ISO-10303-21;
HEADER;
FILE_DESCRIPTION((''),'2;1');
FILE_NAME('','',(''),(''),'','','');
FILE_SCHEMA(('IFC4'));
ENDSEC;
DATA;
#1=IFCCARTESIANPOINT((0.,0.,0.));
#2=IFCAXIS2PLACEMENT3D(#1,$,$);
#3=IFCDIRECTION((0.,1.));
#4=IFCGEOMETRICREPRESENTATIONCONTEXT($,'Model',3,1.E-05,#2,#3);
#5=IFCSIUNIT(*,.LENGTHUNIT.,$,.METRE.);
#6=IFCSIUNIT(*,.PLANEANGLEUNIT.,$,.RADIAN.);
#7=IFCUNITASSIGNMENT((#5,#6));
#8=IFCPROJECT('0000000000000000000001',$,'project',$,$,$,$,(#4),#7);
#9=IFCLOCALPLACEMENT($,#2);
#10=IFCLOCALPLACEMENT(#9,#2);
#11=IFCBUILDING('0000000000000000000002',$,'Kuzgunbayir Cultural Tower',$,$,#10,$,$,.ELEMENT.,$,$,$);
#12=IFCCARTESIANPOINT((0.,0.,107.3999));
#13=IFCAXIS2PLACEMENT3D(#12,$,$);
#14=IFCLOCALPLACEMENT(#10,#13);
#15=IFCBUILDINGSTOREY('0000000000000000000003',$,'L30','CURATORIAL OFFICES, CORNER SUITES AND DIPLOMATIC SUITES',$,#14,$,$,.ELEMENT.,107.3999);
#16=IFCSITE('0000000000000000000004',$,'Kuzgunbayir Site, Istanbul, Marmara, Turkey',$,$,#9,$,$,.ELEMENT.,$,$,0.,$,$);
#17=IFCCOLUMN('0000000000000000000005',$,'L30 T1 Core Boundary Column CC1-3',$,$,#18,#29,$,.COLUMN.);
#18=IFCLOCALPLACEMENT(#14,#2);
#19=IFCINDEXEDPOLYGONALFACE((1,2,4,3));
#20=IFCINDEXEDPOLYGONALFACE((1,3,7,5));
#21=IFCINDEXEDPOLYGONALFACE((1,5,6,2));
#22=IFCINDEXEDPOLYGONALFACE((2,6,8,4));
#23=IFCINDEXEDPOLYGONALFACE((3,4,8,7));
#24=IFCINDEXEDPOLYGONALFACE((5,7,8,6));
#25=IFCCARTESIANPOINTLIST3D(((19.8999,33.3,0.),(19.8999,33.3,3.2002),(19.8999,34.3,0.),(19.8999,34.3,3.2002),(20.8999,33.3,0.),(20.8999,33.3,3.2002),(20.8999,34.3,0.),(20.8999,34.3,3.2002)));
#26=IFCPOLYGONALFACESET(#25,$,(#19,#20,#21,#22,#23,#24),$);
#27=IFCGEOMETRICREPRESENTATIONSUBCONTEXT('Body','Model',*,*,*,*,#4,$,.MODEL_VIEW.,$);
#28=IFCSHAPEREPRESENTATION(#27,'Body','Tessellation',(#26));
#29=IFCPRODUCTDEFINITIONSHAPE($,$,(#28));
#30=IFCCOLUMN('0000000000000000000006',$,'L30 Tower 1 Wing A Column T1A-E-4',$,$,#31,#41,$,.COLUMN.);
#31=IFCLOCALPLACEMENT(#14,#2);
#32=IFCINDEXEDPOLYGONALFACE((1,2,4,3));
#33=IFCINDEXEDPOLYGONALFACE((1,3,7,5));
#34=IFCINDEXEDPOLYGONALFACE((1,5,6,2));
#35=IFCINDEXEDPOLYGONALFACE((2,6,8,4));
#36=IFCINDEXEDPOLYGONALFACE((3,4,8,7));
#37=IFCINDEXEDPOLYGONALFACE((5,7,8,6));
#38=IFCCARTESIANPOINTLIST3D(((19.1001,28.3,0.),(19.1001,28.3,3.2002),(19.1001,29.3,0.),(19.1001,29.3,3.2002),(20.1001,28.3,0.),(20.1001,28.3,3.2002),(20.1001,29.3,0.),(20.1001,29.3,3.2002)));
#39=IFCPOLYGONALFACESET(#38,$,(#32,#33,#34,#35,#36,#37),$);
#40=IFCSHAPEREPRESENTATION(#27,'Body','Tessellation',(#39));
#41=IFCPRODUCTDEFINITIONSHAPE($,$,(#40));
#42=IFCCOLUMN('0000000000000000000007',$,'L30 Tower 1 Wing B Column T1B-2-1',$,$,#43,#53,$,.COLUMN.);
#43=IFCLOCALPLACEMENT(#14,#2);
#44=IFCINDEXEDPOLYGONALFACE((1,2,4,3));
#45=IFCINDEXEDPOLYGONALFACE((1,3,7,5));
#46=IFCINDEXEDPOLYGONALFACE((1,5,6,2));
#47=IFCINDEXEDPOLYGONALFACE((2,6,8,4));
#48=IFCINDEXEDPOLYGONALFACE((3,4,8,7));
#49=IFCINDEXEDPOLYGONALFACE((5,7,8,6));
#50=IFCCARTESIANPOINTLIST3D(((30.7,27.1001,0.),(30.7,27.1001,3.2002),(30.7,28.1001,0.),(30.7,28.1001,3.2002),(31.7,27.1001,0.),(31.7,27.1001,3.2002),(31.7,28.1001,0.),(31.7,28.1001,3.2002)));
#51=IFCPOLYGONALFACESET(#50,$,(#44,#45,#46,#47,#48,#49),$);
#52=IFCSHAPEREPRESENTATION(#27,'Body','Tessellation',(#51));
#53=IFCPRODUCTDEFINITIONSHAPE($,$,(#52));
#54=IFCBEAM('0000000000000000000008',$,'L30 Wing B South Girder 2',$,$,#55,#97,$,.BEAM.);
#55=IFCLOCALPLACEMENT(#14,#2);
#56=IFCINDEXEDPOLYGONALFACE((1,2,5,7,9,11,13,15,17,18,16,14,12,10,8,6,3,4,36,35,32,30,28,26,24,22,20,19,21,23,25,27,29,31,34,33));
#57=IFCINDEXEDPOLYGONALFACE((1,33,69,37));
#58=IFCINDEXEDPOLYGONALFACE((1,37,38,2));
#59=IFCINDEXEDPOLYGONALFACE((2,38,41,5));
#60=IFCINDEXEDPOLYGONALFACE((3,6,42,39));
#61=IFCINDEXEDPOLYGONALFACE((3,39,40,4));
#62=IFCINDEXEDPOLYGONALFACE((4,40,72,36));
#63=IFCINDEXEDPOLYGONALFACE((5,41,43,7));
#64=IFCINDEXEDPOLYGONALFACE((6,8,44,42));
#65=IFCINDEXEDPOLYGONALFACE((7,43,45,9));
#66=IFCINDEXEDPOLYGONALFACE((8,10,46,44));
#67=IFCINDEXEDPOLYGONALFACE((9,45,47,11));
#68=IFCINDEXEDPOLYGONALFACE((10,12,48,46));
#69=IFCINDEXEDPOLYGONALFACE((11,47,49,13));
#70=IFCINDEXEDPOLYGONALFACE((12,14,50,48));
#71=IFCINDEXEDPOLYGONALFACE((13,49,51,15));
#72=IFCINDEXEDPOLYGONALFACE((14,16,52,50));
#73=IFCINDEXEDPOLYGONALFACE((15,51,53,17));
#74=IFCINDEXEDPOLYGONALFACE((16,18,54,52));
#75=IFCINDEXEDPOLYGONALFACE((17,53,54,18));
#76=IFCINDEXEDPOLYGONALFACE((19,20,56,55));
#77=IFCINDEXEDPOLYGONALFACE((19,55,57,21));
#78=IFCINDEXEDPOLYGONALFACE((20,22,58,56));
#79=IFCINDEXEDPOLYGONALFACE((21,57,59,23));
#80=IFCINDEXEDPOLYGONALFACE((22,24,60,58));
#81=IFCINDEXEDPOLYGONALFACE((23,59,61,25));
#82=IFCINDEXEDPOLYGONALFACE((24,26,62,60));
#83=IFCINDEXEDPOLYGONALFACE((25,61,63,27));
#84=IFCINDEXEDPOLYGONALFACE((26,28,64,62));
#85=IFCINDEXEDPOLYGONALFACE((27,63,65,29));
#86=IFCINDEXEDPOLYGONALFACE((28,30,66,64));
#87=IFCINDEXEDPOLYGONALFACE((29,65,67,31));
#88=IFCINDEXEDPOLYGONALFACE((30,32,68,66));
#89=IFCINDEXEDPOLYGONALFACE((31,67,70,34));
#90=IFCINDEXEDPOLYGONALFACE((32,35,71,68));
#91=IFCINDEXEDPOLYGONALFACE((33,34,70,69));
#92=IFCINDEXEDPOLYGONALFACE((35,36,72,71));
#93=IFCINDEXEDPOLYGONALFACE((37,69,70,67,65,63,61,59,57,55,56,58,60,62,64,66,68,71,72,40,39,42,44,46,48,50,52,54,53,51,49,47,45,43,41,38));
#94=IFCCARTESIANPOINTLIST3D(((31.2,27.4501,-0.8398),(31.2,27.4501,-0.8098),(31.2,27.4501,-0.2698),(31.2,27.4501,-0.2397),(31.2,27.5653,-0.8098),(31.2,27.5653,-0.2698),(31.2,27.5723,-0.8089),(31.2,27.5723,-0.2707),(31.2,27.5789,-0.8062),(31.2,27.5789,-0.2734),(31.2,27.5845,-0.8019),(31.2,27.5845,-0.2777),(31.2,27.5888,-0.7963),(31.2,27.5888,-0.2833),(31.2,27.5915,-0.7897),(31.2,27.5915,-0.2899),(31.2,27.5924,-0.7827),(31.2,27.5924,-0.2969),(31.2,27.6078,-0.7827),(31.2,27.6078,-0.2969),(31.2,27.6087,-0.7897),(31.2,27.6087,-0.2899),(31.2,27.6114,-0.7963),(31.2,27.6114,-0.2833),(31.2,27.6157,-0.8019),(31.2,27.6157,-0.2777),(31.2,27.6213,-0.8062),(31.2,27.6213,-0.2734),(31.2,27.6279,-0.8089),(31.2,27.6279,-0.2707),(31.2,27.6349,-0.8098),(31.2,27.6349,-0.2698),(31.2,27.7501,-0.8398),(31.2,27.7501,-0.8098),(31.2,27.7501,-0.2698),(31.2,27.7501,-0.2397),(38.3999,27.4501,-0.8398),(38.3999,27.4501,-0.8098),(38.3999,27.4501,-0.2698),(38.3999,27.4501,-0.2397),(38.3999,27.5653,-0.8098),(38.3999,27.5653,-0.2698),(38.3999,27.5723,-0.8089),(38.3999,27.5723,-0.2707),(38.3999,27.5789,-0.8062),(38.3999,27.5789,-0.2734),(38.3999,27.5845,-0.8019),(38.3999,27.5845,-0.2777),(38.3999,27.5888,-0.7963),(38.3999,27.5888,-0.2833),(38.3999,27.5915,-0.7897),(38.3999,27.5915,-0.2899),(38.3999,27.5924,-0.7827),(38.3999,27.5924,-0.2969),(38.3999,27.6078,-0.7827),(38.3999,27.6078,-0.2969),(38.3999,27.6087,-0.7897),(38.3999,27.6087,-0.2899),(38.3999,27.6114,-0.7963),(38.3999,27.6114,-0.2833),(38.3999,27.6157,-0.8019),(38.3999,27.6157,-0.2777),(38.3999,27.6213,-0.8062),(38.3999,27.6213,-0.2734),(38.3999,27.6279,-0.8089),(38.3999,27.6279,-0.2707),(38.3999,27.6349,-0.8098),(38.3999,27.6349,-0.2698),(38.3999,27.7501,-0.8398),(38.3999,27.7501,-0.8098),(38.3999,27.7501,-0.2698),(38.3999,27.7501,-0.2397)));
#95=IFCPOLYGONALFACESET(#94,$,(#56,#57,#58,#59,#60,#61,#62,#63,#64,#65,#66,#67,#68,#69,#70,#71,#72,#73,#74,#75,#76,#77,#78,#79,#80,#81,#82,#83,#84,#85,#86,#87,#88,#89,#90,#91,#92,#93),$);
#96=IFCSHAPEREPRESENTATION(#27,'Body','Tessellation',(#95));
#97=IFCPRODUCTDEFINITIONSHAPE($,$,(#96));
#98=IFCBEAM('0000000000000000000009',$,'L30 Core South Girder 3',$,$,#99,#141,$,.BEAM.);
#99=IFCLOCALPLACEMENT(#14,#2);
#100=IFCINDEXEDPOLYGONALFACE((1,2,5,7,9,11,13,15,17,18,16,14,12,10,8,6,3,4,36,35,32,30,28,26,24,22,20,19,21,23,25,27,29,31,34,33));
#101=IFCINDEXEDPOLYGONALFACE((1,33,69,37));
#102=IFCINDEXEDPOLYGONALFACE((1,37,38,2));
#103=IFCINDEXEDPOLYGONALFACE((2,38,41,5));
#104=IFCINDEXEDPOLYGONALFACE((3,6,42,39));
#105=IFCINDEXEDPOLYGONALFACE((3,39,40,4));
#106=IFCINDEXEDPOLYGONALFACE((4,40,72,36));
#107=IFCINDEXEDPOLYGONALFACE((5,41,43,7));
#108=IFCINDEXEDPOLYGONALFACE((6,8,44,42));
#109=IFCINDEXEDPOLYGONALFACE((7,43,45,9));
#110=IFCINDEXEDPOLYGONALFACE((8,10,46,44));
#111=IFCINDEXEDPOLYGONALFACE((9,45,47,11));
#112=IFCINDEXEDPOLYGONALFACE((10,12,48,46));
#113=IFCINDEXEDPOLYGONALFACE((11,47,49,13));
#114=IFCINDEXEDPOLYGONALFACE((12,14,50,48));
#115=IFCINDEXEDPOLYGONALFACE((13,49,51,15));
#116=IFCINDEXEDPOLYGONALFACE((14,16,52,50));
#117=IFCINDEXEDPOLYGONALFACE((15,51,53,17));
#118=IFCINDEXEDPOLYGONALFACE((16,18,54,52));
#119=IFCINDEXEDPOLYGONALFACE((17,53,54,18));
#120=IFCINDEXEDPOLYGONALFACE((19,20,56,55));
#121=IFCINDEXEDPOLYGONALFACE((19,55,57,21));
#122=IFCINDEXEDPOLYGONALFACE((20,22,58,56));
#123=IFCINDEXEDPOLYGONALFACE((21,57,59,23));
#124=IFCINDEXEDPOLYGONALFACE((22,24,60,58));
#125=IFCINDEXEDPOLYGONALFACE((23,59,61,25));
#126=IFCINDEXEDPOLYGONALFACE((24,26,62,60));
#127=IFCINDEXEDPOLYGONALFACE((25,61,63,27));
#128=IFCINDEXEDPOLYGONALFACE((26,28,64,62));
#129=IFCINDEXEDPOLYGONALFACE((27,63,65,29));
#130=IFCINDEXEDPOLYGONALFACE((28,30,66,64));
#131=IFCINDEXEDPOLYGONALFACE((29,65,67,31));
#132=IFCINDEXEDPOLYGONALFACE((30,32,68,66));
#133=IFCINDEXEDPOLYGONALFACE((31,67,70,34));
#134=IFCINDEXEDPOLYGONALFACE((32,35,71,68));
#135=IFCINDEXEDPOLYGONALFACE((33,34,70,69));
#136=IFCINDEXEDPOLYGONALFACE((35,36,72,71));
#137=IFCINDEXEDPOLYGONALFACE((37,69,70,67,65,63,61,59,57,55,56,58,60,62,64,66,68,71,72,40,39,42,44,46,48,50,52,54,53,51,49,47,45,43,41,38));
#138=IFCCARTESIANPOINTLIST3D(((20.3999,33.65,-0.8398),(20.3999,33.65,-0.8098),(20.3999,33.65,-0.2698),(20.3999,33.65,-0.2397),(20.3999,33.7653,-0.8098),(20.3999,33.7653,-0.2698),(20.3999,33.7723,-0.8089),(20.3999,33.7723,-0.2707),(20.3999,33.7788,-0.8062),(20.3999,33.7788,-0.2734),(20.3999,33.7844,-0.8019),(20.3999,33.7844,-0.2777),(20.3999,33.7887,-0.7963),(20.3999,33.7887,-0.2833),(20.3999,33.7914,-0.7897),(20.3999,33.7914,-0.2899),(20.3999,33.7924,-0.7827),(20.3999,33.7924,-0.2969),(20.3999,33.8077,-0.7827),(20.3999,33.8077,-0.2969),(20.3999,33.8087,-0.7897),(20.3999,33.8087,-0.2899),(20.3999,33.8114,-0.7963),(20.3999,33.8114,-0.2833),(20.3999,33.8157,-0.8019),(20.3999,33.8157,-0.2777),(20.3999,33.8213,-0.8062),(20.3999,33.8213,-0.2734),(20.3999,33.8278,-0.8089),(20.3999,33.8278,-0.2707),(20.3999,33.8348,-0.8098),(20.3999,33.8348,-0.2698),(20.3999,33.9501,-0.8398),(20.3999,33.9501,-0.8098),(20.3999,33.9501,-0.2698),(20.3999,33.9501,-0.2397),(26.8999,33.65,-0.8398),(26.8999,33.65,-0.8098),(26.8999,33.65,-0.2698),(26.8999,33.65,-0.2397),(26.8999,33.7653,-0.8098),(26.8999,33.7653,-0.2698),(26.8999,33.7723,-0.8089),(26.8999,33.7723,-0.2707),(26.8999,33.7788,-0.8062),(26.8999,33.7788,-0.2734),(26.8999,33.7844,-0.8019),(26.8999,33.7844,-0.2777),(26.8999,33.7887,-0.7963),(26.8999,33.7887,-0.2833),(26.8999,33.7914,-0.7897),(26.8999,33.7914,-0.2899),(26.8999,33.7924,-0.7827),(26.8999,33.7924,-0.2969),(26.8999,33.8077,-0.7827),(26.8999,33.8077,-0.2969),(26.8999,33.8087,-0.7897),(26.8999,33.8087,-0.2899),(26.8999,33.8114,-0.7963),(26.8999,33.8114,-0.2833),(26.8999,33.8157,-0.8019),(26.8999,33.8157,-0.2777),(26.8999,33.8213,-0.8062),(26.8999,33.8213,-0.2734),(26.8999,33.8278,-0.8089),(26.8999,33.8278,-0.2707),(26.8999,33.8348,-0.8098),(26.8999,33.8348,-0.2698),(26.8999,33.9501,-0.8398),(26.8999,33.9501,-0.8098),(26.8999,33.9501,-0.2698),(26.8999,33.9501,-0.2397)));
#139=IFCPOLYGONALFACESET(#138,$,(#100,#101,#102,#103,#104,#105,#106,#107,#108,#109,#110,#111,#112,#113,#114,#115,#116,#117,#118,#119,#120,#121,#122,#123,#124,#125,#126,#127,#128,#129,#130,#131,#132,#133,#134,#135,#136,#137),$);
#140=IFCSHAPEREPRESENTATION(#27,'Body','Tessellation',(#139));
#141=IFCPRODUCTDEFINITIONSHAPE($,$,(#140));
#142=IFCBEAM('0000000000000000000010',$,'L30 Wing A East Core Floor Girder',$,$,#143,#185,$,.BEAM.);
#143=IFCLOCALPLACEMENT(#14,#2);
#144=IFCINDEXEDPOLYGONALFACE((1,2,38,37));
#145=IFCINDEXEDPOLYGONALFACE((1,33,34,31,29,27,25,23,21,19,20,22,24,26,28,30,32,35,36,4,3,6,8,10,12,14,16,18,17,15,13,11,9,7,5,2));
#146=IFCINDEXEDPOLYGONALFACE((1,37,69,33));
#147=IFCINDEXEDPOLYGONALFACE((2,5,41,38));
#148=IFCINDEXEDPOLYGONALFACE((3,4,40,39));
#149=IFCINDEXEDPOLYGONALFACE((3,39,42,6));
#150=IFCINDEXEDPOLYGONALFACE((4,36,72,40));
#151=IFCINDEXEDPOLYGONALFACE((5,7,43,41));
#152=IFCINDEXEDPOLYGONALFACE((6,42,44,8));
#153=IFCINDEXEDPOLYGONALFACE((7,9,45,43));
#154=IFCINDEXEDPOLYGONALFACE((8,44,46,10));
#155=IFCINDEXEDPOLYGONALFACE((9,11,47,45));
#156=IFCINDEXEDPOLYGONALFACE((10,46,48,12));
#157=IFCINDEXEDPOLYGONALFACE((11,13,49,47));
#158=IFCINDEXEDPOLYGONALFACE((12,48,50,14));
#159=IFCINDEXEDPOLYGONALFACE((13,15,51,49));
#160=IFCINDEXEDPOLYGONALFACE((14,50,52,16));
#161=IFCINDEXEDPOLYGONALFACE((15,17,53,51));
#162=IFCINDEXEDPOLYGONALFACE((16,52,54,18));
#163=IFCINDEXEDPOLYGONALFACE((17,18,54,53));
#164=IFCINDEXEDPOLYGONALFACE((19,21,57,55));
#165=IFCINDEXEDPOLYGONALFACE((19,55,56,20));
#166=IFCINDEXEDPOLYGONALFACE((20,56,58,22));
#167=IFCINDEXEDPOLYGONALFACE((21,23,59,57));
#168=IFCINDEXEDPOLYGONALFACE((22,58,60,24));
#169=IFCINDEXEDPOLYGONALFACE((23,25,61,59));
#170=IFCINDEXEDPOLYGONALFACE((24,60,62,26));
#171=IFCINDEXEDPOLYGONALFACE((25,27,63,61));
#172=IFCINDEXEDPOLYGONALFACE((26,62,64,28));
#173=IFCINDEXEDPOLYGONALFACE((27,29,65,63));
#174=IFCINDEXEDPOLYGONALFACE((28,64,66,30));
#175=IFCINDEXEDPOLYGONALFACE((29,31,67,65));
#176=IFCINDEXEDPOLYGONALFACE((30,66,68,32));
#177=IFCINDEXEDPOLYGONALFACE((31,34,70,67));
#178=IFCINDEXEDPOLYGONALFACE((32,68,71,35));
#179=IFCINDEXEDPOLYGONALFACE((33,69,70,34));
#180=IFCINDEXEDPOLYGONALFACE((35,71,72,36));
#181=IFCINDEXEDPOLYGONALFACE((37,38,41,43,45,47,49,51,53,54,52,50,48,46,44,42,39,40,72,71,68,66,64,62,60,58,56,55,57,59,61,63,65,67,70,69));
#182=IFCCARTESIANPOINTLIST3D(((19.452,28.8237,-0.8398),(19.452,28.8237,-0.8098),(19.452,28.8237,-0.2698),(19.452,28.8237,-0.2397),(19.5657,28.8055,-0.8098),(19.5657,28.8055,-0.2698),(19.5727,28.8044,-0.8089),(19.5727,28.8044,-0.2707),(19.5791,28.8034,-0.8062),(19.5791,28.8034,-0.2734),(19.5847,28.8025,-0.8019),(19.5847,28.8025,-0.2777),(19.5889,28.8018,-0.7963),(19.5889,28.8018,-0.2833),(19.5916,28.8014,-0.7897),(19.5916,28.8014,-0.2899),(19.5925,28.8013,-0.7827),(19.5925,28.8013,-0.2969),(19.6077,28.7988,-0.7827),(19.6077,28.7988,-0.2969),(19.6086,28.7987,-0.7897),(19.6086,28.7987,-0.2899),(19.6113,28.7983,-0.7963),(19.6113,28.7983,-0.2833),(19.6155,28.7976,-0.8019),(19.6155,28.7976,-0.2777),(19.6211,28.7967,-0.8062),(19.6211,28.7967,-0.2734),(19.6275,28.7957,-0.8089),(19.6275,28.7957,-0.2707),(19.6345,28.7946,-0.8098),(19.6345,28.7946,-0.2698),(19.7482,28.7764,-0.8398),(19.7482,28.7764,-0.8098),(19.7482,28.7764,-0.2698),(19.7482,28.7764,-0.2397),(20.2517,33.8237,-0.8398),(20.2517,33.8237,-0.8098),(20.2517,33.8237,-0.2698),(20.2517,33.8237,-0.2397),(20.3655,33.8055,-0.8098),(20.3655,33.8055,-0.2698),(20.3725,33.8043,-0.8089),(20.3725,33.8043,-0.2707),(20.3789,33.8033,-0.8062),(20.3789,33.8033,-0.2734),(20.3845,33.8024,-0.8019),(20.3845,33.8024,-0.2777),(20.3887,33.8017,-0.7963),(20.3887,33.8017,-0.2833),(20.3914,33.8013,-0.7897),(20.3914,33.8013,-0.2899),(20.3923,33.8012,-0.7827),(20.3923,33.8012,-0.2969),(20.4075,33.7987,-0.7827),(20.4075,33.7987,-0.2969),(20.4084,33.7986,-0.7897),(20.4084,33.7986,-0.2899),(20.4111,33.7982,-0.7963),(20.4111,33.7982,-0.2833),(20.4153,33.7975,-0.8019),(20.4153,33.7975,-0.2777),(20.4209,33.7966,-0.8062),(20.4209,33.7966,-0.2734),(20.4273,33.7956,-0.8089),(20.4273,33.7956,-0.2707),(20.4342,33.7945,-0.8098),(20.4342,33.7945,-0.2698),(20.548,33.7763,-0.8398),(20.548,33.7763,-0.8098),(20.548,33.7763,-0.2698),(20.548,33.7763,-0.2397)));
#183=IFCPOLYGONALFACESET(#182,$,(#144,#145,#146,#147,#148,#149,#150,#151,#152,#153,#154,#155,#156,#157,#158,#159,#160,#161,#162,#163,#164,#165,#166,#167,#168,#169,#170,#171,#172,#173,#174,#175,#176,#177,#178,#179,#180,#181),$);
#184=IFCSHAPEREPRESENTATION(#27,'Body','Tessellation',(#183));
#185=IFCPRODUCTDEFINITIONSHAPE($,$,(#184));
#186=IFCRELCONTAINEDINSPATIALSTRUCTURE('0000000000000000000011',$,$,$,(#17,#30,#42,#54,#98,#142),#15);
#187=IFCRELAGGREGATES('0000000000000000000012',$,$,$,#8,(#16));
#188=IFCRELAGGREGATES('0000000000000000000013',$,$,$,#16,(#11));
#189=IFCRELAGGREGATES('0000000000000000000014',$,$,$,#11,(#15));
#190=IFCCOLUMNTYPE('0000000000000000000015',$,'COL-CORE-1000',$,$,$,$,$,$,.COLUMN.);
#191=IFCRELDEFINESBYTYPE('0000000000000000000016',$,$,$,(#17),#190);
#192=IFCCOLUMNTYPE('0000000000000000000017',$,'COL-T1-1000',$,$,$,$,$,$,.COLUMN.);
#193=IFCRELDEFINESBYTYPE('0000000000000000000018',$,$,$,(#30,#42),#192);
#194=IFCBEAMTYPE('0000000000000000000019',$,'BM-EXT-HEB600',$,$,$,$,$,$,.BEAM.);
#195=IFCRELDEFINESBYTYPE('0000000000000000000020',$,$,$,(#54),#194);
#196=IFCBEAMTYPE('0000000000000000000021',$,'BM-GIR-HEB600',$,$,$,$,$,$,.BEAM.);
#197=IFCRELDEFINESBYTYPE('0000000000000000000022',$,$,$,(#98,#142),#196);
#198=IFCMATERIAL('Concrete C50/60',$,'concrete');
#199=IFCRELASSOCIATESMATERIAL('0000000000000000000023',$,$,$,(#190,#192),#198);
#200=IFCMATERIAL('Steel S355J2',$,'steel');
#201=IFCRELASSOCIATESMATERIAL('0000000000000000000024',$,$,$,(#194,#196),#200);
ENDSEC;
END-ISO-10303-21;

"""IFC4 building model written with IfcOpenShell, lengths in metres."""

from ifc_helpers import new_model, si_unit, direction, frame, origin, origin_2d, place, context, subcontext, project, spatial, rectangle, i_section, extrude, material, material_profile, profile_set, type_object, element, save


model = new_model("IFC4")

# Units and contexts
model_context = context("Model", 3, precision=1e-05, world=origin(), true_north=direction((0.0, 1.0)))
body_context = subcontext(model_context, "Body", "Model", "MODEL_VIEW")
ifc_project = project(units=[si_unit("LENGTHUNIT", "METRE"), si_unit("PLANEANGLEUNIT", "RADIAN")], contexts=[model_context])

# Site, building, storey
site_placement = place(None, origin())
site = spatial("IfcSite", under=ifc_project, at=site_placement, Name="Kuzgunbayir Site, Istanbul, Marmara, Turkey", CompositionType="ELEMENT", RefElevation=0.0)
building_placement = place(site_placement, origin())
building = spatial("IfcBuilding", under=site, at=building_placement, Name="Kuzgunbayir Cultural Tower", CompositionType="ELEMENT")
storey_placement = place(building_placement, frame((0.0, 0.0, 107.3999)))
storey = spatial("IfcBuildingStorey", under=building, at=storey_placement, Name="L30", Description="CURATORIAL OFFICES, CORNER SUITES AND DIPLOMATIC SUITES", CompositionType="ELEMENT", Elevation=107.3999)

# Columns
ifc_material_1 = material(Name="Concrete C50/60", Category="concrete")
ifc_material_profile_1 = material_profile(ifc_material_1, rectangle(XDim=1.0, YDim=1.0, at=origin_2d()), Name="RC 1000x1000")
ifc_profile_set_1 = profile_set([ifc_material_profile_1], Name="Concrete C50/60")
column_type_1 = type_object("IfcColumnType", Name="COL-CORE-1000", PredefinedType="COLUMN", material=ifc_profile_set_1)
column_placement = place(storey_placement, frame((20.3999, 33.8, 0.0), z_axis=(0.0, 0.0, 1.0), x_axis=(1.0, 0.0, 0.0)))
element("IfcColumn", 1, at=column_placement, inside=storey, type_object=column_type_1, Name="L30 T1 Core Boundary Column CC1-3", PredefinedType="COLUMN", context=body_context, shape_type="SweptSolid", body=[
    extrude(rectangle(XDim=1.0, YDim=1.0, at=origin_2d()), origin(), (0.0, 0.0, 1.0), 3.2002),
])
ifc_material_profile_2 = material_profile(ifc_material_1, rectangle(XDim=1.0, YDim=1.0, at=origin_2d()), Name="RC 1000x1000")
ifc_profile_set_2 = profile_set([ifc_material_profile_2], Name="Concrete C50/60")
column_type_2 = type_object("IfcColumnType", Name="COL-T1-1000", PredefinedType="COLUMN", material=ifc_profile_set_2)
for number, where, z_axis, x_axis, name in (
    (2, (19.6001, 28.8, 0.0), (0.0, 0.0, 1.0), (1.0, 0.0, 0.0), "L30 Tower 1 Wing A Column T1A-E-4"),
    (3, (31.2, 27.6001, 0.0), (0.0, 0.0, 1.0), (1.0, 0.0, 0.0), "L30 Tower 1 Wing B Column T1B-2-1"),
):
    element("IfcColumn", number, at=place(storey_placement, frame(where, z_axis=z_axis, x_axis=x_axis)), inside=storey, type_object=column_type_2, Name=name, PredefinedType="COLUMN", context=body_context, shape_type="SweptSolid", body=[
        extrude(rectangle(XDim=1.0, YDim=1.0, at=origin_2d()), origin(), (0.0, 0.0, 1.0), 3.2002),
    ])

# Beams
ifc_material_2 = material(Name="Steel S355J2", Category="steel")
ifc_material_profile_3 = material_profile(ifc_material_2, i_section(OverallWidth=0.3, OverallDepth=0.6001, WebThickness=0.0154, FlangeThickness=0.03, FilletRadius=0.0271, at=origin_2d()), Name="HEB 600")
ifc_profile_set_3 = profile_set([ifc_material_profile_3], Name="Steel S355J2")
beam_type_1 = type_object("IfcBeamType", Name="BM-EXT-HEB600", PredefinedType="BEAM", material=ifc_profile_set_3)
beam_1_placement = place(storey_placement, frame((31.2, 27.6001, -0.5398), z_axis=(1.0, 0.0, 0.0), x_axis=(0.0, 1.0, 0.0)))
element("IfcBeam", 4, at=beam_1_placement, inside=storey, type_object=beam_type_1, Name="L30 Wing B South Girder 2", PredefinedType="BEAM", context=body_context, shape_type="SweptSolid", body=[
    extrude(i_section(OverallWidth=0.3, OverallDepth=0.6001, WebThickness=0.0154, FlangeThickness=0.03, FilletRadius=0.0271, at=origin_2d()), origin(), (0.0, 0.0, 1.0), 7.2),
])
ifc_material_profile_4 = material_profile(ifc_material_2, i_section(OverallWidth=0.3, OverallDepth=0.6001, WebThickness=0.0154, FlangeThickness=0.03, FilletRadius=0.0271, at=origin_2d()), Name="HEB 600")
ifc_profile_set_4 = profile_set([ifc_material_profile_4], Name="Steel S355J2")
beam_type_2 = type_object("IfcBeamType", Name="BM-GIR-HEB600", PredefinedType="BEAM", material=ifc_profile_set_4)
beam_2_placement = place(storey_placement, frame((20.3999, 33.8, -0.5398), z_axis=(1.0, 0.0, 0.0), x_axis=(0.0, 1.0, 0.0)))
element("IfcBeam", 5, at=beam_2_placement, inside=storey, type_object=beam_type_2, Name="L30 Core South Girder 3", PredefinedType="BEAM", context=body_context, shape_type="SweptSolid", body=[
    extrude(i_section(OverallWidth=0.3, OverallDepth=0.6001, WebThickness=0.0154, FlangeThickness=0.03, FilletRadius=0.0271, at=origin_2d()), origin(), (0.0, 0.0, 1.0), 6.5),
])
beam_3_placement = place(storey_placement, frame((19.6001, 28.8, -0.5398), z_axis=(0.157953, 0.987447, 0.0), x_axis=(-0.987447, 0.157953, 0.0)))
element("IfcBeam", 6, at=beam_3_placement, inside=storey, type_object=beam_type_2, Name="L30 Wing A East Core Floor Girder", PredefinedType="BEAM", context=body_context, shape_type="SweptSolid", body=[
    extrude(i_section(OverallWidth=0.3, OverallDepth=0.6001, WebThickness=0.0154, FlangeThickness=0.03, FilletRadius=0.0271, at=origin_2d()), origin(), (0.0, 0.0, 1.0), 5.0635),
])

save(model, "model.ifc")
